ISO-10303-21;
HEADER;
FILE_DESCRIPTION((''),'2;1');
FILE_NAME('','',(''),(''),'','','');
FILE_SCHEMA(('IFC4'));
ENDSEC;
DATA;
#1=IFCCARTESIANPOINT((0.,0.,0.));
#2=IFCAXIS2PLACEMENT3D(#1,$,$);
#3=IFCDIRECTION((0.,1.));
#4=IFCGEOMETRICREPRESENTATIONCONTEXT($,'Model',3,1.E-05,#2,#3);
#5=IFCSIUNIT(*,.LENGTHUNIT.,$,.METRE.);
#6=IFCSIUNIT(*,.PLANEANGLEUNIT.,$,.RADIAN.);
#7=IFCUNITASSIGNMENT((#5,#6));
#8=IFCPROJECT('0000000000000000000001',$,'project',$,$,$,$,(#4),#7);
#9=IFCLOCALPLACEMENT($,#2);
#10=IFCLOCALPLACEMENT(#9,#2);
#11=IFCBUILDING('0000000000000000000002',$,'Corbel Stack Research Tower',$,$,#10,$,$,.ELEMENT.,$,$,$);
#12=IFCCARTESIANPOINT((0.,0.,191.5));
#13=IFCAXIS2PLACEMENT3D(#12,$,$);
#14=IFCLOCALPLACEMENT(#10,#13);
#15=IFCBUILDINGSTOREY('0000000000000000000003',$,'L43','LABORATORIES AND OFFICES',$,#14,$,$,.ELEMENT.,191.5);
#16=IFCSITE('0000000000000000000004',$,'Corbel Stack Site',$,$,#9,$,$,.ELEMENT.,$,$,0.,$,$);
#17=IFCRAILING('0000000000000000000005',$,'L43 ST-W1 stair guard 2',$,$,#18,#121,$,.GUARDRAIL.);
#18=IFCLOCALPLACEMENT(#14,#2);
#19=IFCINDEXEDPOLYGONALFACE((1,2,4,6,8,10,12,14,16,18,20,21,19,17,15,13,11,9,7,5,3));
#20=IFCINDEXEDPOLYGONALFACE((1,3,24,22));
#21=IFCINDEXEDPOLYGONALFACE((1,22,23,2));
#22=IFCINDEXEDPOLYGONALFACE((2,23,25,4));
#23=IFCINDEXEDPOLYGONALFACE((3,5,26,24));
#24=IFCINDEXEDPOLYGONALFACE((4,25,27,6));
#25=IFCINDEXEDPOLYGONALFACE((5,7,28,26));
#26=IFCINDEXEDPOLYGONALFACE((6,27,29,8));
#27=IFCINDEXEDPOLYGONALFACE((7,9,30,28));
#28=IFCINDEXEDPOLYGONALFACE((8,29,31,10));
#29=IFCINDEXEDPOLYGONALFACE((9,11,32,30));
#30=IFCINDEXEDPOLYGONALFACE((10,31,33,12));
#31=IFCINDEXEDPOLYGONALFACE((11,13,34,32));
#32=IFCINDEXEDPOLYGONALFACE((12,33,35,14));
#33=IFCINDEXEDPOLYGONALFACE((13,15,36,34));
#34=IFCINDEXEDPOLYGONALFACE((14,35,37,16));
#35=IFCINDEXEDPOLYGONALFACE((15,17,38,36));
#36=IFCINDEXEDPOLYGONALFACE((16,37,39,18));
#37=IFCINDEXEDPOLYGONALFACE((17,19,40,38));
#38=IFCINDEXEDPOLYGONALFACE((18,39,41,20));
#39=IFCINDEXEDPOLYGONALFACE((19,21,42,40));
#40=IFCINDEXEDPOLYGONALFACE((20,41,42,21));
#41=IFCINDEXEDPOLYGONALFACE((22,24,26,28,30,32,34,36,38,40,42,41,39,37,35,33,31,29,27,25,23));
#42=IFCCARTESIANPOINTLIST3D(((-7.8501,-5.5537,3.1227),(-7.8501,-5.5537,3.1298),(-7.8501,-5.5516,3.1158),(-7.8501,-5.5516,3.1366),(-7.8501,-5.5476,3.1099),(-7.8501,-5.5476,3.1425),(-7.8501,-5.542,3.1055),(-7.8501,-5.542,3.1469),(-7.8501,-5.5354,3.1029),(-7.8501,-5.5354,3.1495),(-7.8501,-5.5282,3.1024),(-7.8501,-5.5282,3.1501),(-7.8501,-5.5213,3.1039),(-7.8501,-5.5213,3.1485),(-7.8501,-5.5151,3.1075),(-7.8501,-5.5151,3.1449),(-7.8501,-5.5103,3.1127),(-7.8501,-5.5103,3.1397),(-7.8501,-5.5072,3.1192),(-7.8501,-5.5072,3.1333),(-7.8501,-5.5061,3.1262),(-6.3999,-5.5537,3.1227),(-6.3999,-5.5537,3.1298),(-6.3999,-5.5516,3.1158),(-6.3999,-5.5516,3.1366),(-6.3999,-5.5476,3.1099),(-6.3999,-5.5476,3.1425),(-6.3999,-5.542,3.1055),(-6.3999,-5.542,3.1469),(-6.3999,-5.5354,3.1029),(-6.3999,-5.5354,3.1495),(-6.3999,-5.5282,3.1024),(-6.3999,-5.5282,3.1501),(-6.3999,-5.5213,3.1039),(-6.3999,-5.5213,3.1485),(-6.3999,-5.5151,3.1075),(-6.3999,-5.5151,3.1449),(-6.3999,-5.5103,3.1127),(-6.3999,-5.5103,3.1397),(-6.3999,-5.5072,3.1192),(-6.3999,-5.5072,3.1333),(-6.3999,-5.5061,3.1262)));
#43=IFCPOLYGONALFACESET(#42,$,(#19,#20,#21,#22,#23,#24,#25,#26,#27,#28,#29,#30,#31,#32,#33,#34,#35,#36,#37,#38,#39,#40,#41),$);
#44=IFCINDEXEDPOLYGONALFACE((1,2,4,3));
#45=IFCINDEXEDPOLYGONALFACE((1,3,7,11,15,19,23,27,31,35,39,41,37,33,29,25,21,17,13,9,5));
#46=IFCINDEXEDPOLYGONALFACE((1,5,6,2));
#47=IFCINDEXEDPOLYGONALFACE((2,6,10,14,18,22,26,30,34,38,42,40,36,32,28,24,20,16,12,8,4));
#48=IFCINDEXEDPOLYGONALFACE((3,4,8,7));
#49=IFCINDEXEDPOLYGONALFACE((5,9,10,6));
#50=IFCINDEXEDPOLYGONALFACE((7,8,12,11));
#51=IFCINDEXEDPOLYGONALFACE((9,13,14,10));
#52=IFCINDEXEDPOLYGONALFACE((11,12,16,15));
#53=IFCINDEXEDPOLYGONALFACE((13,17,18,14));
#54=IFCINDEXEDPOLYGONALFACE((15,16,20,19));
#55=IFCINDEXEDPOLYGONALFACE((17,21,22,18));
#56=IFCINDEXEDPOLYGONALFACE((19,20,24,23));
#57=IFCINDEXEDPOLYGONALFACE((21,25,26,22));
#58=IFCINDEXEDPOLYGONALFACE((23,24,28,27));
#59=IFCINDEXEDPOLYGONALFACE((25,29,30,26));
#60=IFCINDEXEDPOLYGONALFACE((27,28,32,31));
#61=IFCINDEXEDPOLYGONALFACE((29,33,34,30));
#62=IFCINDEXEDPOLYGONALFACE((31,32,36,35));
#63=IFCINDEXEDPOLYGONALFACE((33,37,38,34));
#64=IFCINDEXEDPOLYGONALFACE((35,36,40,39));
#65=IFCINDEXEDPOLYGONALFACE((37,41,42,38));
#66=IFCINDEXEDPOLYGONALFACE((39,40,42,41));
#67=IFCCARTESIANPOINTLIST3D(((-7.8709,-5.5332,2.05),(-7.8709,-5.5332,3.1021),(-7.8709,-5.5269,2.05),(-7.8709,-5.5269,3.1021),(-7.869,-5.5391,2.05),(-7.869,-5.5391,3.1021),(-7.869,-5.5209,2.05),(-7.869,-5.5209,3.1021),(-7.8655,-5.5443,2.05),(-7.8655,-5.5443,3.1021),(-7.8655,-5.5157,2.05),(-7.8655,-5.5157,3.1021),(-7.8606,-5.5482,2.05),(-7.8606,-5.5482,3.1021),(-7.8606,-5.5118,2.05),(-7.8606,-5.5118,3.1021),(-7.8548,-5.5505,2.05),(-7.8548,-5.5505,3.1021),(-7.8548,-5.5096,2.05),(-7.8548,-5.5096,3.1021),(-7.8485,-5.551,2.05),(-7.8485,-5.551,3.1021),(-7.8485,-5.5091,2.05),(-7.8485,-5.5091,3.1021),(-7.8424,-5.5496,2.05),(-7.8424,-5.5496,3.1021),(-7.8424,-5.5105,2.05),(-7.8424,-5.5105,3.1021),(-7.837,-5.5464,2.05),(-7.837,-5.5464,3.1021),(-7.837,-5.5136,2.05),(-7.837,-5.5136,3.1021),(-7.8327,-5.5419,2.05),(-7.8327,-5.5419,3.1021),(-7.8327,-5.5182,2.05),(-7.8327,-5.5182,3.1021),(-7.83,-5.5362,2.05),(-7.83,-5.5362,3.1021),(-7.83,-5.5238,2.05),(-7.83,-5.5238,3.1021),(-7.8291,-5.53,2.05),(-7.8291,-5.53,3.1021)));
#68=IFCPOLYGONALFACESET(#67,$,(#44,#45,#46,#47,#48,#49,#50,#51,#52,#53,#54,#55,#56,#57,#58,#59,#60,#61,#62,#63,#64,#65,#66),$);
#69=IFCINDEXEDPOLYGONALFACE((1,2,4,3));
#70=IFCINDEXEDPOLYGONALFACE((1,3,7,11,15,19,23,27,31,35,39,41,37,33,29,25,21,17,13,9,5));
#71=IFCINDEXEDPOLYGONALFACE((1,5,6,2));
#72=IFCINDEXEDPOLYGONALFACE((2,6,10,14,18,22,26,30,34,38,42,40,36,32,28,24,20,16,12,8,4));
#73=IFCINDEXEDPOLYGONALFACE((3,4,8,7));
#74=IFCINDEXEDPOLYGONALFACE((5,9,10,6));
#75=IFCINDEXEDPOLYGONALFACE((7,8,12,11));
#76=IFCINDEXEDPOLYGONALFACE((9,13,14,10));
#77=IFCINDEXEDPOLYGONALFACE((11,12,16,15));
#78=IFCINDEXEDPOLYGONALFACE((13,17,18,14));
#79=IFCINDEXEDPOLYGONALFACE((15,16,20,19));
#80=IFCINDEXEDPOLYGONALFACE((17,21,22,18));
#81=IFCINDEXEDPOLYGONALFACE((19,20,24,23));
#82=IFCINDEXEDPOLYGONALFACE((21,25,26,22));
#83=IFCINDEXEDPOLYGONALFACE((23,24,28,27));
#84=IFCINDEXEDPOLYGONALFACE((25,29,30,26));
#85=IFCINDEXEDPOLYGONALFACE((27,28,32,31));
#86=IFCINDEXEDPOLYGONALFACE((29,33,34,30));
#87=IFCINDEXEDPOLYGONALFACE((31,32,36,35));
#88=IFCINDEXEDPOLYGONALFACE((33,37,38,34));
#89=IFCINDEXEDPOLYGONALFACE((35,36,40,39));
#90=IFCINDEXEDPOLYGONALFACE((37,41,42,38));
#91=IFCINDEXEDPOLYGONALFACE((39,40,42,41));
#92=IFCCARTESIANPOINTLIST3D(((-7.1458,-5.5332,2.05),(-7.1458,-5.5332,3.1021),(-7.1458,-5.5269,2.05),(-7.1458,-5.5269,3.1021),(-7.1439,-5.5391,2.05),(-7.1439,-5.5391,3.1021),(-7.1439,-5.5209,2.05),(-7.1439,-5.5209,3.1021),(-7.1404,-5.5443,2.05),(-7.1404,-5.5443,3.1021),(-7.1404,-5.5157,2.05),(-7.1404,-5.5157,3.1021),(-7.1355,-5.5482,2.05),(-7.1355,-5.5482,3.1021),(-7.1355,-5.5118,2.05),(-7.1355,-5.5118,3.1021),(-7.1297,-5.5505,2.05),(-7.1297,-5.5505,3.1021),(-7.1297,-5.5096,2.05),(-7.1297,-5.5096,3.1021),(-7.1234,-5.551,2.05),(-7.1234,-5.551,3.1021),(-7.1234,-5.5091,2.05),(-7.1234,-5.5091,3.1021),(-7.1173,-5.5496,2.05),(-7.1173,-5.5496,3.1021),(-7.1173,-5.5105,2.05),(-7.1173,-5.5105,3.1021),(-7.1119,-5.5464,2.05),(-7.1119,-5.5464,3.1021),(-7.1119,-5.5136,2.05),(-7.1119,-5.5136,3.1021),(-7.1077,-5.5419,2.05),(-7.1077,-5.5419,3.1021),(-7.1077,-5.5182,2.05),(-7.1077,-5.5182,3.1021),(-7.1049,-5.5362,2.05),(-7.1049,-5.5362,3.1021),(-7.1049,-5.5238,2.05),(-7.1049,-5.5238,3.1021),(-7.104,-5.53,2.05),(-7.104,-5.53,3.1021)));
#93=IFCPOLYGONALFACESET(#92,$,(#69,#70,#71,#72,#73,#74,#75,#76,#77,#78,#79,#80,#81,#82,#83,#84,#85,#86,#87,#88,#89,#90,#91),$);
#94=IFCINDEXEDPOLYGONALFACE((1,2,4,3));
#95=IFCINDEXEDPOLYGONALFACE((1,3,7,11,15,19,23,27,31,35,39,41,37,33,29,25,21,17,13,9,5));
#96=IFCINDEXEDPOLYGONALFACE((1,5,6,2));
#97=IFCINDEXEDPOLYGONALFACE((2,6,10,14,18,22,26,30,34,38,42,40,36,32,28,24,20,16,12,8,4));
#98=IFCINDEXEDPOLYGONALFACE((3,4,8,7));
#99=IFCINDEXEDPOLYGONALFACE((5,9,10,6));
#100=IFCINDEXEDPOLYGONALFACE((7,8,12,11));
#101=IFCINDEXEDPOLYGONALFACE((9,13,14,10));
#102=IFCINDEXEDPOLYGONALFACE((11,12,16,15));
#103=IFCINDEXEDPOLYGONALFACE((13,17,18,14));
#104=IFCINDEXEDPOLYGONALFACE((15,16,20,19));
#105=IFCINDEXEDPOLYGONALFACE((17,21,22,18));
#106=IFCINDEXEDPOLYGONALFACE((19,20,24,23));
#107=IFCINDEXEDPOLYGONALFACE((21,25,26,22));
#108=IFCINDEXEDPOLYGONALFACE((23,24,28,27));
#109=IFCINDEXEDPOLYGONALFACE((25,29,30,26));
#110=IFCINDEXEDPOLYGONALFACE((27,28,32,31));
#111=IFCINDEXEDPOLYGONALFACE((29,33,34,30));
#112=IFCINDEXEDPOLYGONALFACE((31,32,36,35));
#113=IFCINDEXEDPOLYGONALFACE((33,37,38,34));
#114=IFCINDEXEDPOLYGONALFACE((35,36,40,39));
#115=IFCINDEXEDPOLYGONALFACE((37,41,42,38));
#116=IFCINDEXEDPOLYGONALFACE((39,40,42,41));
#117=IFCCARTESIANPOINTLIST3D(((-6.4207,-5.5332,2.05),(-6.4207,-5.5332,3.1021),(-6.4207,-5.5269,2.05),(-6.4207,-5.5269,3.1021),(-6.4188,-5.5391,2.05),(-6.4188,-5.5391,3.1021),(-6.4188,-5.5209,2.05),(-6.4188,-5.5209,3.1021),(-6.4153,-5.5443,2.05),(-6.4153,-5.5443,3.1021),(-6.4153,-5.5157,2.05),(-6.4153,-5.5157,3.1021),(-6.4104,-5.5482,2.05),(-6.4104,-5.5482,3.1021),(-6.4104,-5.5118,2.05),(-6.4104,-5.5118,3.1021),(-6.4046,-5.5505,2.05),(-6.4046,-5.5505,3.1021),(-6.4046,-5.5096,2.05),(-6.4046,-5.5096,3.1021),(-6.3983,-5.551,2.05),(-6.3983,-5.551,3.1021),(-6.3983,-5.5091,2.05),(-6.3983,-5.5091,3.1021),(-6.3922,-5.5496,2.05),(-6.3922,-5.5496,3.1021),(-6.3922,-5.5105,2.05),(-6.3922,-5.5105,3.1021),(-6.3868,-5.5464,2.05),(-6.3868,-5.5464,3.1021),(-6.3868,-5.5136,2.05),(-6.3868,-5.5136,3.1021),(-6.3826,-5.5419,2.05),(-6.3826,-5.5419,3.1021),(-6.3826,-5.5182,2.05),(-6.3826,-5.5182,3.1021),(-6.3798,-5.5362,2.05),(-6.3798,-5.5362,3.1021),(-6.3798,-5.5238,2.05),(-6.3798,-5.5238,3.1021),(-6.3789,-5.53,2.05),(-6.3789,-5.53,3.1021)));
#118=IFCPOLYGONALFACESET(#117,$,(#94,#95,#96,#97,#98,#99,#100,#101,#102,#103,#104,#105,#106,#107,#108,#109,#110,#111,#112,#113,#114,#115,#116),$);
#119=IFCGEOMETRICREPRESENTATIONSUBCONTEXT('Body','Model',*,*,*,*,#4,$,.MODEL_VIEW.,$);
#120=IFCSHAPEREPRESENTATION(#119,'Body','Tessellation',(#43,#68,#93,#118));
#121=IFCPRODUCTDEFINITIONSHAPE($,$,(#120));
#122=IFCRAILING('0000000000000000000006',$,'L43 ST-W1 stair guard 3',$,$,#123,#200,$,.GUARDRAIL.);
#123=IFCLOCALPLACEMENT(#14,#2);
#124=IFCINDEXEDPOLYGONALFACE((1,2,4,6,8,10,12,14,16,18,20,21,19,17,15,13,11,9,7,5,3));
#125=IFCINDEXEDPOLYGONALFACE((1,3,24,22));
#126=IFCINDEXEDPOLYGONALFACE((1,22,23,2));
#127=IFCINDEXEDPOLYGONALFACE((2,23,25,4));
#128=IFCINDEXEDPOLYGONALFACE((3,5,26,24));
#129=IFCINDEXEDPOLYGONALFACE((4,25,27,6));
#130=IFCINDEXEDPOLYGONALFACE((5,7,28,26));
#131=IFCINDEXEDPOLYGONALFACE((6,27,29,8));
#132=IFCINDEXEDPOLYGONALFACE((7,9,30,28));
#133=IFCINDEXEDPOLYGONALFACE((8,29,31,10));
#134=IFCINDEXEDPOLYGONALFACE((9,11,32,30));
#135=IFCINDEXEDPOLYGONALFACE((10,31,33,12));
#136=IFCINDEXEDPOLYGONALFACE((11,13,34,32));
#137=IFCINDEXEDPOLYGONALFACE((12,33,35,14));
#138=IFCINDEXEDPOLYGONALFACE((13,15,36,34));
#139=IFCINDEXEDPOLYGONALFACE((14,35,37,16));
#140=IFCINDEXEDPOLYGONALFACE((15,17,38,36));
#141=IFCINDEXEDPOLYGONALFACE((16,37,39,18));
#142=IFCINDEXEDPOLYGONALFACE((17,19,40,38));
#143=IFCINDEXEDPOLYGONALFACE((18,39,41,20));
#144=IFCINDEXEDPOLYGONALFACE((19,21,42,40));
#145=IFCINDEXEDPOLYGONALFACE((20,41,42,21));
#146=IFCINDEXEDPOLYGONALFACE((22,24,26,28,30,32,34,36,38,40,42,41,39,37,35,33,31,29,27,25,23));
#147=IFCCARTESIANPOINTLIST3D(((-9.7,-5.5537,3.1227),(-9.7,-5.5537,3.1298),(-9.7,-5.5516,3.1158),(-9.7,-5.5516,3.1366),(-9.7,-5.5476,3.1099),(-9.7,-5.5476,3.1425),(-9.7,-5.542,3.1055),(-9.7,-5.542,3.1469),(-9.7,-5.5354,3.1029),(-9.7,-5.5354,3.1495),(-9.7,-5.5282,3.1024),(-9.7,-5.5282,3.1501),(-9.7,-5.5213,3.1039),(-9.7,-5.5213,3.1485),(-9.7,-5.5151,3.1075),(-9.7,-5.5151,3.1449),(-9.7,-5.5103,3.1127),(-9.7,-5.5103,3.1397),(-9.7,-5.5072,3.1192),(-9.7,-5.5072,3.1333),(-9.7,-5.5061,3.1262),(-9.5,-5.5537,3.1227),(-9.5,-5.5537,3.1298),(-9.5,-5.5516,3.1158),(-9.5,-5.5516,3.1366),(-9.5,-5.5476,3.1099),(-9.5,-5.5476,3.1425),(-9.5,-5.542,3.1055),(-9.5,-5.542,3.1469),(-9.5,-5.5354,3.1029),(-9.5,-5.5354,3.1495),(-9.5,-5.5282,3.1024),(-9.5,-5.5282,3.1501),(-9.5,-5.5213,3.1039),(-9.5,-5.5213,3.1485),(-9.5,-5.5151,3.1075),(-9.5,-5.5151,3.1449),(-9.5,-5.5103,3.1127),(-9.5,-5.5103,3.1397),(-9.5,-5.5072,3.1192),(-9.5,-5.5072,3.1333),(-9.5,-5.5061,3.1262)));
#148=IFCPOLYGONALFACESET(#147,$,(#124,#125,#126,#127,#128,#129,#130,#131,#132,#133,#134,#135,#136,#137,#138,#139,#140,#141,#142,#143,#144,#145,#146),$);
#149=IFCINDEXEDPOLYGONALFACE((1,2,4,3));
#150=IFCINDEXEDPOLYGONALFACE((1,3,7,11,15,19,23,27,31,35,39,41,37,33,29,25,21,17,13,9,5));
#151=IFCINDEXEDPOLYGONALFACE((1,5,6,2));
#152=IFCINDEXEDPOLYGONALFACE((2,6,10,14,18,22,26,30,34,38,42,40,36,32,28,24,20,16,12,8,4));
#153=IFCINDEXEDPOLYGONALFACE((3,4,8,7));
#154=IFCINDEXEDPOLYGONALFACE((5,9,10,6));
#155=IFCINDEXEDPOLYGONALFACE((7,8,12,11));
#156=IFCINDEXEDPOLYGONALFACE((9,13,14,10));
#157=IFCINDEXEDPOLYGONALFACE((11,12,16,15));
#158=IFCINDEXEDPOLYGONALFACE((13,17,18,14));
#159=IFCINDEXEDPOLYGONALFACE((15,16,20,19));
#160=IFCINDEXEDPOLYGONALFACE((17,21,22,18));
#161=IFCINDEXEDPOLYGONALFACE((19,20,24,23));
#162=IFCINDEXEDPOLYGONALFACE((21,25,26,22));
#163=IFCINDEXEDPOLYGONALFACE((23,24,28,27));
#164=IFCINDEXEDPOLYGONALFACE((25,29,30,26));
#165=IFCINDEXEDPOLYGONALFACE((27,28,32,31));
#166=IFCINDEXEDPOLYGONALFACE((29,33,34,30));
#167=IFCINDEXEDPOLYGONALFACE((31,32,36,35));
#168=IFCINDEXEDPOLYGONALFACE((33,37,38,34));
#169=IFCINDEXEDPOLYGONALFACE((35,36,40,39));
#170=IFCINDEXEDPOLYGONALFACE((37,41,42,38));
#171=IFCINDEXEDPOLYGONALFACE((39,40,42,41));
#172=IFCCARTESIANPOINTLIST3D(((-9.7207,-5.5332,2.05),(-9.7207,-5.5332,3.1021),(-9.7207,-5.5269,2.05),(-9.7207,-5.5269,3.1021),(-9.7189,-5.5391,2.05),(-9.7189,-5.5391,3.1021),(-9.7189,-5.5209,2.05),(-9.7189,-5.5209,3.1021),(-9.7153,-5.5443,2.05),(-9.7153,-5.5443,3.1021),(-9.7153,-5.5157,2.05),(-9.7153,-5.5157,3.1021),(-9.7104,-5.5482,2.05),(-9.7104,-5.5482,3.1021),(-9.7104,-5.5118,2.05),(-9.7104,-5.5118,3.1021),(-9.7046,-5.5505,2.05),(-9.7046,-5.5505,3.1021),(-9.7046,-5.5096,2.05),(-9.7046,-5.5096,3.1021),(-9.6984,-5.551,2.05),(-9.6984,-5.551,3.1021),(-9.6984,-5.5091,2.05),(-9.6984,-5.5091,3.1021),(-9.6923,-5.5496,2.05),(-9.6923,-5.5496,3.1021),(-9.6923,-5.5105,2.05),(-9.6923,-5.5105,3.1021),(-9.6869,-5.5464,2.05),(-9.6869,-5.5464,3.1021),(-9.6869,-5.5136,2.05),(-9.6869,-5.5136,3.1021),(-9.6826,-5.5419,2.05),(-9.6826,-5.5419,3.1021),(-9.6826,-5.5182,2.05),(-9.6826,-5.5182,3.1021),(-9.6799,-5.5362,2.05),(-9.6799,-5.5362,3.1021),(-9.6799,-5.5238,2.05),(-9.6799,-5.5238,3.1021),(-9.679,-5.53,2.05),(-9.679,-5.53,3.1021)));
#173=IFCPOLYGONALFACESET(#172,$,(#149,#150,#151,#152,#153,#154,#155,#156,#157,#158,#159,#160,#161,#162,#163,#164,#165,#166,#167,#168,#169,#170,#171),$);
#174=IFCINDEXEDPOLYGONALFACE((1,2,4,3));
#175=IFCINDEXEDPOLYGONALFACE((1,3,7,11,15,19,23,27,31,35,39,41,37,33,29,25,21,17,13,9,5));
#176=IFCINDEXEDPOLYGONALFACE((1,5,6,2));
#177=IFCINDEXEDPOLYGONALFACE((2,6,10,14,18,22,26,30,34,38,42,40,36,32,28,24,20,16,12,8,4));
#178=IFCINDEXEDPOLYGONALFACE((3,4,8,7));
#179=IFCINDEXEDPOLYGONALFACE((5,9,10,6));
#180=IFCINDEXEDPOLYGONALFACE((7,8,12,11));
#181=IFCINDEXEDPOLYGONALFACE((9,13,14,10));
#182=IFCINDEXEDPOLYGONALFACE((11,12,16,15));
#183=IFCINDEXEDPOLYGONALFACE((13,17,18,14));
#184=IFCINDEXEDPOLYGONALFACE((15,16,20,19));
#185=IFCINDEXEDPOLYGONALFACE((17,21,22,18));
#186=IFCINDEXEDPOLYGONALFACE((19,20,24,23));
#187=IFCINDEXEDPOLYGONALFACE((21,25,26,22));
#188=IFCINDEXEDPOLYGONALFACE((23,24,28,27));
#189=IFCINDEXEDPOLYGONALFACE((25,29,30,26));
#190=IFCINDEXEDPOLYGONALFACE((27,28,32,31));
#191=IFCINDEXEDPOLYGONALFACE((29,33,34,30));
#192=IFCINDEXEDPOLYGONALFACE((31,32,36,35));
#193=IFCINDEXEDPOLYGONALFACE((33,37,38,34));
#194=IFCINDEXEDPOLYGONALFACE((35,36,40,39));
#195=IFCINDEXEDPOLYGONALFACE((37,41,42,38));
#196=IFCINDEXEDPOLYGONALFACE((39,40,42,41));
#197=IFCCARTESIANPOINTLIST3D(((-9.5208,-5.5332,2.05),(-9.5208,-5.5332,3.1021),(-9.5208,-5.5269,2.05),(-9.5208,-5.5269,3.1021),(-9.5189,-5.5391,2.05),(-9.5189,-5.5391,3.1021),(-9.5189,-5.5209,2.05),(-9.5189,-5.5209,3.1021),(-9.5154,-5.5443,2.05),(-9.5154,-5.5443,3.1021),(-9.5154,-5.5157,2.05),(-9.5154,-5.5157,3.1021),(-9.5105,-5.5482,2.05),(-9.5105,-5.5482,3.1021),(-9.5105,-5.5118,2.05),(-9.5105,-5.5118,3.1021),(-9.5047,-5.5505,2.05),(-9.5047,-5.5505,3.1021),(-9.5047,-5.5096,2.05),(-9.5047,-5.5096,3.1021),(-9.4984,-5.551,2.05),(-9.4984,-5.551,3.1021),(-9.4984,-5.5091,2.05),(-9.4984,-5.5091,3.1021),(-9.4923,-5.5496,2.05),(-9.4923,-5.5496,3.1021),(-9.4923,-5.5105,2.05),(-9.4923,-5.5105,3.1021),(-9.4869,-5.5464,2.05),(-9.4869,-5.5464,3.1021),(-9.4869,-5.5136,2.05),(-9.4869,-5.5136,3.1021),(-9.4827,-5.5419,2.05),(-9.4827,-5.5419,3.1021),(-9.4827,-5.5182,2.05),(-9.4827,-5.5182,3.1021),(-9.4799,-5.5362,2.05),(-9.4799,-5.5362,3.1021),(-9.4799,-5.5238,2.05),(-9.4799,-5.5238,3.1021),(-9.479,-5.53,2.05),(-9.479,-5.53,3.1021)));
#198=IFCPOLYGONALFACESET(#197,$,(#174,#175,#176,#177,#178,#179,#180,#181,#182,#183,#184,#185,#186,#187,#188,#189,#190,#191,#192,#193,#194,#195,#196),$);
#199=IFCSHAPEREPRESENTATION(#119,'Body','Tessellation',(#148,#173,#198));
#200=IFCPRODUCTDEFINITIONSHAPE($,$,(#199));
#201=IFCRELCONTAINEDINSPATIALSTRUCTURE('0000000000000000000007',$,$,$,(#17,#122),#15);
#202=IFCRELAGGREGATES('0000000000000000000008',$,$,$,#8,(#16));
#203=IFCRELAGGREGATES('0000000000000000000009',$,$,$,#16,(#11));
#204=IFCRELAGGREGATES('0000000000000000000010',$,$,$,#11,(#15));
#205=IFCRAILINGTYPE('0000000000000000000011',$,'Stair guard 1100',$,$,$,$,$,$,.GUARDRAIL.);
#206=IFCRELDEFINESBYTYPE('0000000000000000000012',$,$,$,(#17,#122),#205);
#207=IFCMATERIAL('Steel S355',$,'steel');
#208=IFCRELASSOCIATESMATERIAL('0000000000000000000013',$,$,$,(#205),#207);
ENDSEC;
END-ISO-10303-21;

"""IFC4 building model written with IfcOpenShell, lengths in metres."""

from ifc_helpers import new_model, si_unit, direction, frame, origin, origin_2d, place, context, subcontext, project, spatial, circle, extrude, material, type_object, element, save


model = new_model("IFC4")

# Units and contexts
model_context = context("Model", 3, precision=1e-05, world=origin(), true_north=direction((0.0, 1.0)))
body_context = subcontext(model_context, "Body", "Model", "MODEL_VIEW")
ifc_project = project(units=[si_unit("LENGTHUNIT", "METRE"), si_unit("PLANEANGLEUNIT", "RADIAN")], contexts=[model_context])

# Site, building, storey
site_placement = place(None, origin())
site = spatial("IfcSite", under=ifc_project, at=site_placement, Name="Corbel Stack Site", CompositionType="ELEMENT", RefElevation=0.0)
building_placement = place(site_placement, origin())
building = spatial("IfcBuilding", under=site, at=building_placement, Name="Corbel Stack Research Tower", CompositionType="ELEMENT")
storey_placement = place(building_placement, frame((0.0, 0.0, 191.5)))
storey = spatial("IfcBuildingStorey", under=building, at=storey_placement, Name="L43", Description="LABORATORIES AND OFFICES", CompositionType="ELEMENT", Elevation=191.5)

# Railings
ifc_material_1 = material(Name="Steel S355", Category="steel")
railing_type_1 = type_object("IfcRailingType", Name="Stair guard 1100", PredefinedType="GUARDRAIL", material=ifc_material_1)
railing_1_placement = place(storey_placement, frame((-7.8501, -5.53, 2.05)))
element("IfcRailing", 1, at=railing_1_placement, inside=storey, type_object=railing_type_1, Name="L43 ST-W1 stair guard 2", PredefinedType="GUARDRAIL", context=body_context, shape_type="SweptSolid", body=[
    extrude(circle(Radius=0.0239, at=origin_2d()), frame((0.0, 0.0, 1.0762), z_axis=(1.0, 0.0, 0.0), x_axis=(0.0, 1.0, 0.0)), (0.0, 0.0, 1.0), 1.4502),
    extrude(circle(Radius=0.021, at=origin_2d()), origin(), (0.0, 0.0, 1.0), 1.052),
    extrude(circle(Radius=0.021, at=origin_2d()), frame((0.7251, 0.0, 0.0)), (0.0, 0.0, 1.0), 1.052),
    extrude(circle(Radius=0.021, at=origin_2d()), frame((1.4502, 0.0, 0.0)), (0.0, 0.0, 1.0), 1.052),
])
railing_2_placement = place(storey_placement, frame((-9.7, -5.53, 2.05)))
element("IfcRailing", 2, at=railing_2_placement, inside=storey, type_object=railing_type_1, Name="L43 ST-W1 stair guard 3", PredefinedType="GUARDRAIL", context=body_context, shape_type="SweptSolid", body=[
    extrude(circle(Radius=0.0239, at=origin_2d()), frame((0.0, 0.0, 1.0762), z_axis=(1.0, 0.0, 0.0), x_axis=(0.0, 1.0, 0.0)), (0.0, 0.0, 1.0), 0.2),
    extrude(circle(Radius=0.021, at=origin_2d()), origin(), (0.0, 0.0, 1.0), 1.052),
    extrude(circle(Radius=0.021, at=origin_2d()), frame((0.2, 0.0, 0.0)), (0.0, 0.0, 1.0), 1.052),
])

save(model, "model.ifc")
